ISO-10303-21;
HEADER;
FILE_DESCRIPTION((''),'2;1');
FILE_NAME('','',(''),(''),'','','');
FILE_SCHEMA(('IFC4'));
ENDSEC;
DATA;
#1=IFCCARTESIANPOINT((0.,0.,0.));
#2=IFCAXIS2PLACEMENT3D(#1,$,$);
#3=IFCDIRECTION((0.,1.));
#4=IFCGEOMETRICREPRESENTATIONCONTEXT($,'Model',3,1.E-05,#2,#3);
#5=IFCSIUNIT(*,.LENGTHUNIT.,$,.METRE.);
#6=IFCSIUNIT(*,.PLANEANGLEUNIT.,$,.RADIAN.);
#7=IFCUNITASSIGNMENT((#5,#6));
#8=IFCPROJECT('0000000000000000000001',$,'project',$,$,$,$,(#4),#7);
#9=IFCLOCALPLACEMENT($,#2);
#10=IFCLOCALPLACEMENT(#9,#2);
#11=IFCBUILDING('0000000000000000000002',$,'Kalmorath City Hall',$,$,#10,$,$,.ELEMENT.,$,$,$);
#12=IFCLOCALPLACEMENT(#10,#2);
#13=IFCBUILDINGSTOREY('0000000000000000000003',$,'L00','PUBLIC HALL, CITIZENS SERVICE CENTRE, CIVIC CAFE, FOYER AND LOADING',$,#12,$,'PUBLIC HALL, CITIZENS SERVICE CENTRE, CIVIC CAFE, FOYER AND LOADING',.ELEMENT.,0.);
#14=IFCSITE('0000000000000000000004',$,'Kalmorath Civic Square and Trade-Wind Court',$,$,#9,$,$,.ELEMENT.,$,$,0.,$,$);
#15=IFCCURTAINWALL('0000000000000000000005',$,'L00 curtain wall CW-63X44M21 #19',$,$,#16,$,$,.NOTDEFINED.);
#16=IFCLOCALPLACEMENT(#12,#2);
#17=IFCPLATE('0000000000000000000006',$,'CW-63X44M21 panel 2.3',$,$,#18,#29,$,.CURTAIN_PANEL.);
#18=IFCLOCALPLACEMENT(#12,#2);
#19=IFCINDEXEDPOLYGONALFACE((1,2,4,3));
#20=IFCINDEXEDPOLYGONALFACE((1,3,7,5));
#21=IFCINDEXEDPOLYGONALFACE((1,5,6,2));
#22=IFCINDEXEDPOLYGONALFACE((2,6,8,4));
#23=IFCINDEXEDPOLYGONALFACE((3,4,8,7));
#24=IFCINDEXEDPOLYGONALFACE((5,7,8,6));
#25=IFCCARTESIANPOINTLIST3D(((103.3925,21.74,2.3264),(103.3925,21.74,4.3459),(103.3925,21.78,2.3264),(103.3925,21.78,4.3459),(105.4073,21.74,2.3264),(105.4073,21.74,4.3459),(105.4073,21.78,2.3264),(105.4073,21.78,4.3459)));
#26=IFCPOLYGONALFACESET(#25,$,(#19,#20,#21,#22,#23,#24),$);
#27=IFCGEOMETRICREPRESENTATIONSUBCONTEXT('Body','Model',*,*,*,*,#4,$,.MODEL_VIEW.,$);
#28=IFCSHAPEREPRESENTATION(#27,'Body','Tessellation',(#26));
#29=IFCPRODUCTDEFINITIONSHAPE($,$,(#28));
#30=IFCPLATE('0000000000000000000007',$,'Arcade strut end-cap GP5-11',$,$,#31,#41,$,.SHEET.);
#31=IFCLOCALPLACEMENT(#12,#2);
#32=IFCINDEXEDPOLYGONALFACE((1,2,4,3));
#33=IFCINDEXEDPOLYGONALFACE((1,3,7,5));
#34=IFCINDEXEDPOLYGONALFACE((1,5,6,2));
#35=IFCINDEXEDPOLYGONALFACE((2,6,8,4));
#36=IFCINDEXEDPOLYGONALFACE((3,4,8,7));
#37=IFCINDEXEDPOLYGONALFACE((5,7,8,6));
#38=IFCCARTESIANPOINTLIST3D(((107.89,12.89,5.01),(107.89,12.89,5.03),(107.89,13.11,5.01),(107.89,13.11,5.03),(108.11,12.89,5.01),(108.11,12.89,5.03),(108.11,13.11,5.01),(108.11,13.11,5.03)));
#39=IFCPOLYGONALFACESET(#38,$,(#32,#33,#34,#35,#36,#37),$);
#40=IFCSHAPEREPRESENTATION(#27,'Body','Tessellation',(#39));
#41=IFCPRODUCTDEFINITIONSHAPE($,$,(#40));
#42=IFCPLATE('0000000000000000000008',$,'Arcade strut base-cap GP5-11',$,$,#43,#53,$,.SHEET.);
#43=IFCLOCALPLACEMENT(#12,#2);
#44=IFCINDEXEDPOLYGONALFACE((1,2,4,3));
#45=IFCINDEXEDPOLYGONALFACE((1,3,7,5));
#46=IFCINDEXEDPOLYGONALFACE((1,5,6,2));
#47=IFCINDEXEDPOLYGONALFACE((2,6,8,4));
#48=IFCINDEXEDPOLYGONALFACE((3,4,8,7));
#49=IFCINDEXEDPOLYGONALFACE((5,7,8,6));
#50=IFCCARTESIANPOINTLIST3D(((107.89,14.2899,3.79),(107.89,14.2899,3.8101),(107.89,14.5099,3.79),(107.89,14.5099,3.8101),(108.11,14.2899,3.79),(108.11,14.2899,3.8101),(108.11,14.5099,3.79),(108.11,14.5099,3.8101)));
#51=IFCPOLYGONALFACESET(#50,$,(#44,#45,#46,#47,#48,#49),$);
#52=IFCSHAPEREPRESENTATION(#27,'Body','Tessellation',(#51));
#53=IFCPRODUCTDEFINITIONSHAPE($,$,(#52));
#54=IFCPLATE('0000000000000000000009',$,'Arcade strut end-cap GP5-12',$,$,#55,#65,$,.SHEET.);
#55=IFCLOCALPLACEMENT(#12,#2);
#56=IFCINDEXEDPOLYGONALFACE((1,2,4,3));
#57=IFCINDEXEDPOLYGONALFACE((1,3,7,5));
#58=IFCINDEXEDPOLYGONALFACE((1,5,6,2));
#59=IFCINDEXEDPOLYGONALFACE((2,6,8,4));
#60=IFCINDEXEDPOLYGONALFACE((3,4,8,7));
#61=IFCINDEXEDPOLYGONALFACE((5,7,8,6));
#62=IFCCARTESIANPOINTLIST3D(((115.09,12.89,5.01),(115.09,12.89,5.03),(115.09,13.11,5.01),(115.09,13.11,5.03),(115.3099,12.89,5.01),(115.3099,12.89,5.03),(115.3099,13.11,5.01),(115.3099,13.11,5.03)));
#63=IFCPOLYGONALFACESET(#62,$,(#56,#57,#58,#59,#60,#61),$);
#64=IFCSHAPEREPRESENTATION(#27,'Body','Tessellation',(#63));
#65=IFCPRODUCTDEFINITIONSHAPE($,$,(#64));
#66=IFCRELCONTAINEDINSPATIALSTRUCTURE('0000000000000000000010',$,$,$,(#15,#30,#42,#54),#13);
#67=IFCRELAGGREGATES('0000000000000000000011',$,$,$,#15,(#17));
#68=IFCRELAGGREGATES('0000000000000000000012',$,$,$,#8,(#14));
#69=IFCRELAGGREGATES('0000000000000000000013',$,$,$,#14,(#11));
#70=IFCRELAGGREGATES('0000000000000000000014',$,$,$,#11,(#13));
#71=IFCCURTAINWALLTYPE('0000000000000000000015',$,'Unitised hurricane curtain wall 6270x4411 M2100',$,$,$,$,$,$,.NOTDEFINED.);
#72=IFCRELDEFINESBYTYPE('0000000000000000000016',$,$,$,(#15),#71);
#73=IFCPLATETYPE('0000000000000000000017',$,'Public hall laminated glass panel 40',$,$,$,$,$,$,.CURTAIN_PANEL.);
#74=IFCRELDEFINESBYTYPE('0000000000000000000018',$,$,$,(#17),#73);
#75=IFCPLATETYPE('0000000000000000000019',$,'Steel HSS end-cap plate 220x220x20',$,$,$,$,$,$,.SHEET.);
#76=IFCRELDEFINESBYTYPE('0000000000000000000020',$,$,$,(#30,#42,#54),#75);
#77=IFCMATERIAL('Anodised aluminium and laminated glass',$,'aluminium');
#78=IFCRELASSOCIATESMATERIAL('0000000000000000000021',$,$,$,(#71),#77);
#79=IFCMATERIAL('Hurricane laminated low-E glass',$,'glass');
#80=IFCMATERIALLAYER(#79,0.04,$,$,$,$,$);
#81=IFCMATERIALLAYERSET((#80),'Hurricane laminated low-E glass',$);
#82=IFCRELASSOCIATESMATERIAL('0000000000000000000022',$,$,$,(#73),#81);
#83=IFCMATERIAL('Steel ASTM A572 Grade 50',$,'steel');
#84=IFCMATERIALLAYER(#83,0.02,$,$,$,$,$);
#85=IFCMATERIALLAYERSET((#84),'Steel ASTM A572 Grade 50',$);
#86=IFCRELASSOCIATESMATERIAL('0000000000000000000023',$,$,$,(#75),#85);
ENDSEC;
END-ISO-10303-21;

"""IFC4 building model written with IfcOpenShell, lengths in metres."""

from ifc_helpers import new_model, si_unit, direction, frame, origin, origin_2d, place, context, subcontext, project, spatial, rectangle, extrude, material, layer, layer_set, type_object, element, aggregate, save


model = new_model("IFC4")

# Units and contexts
model_context = context("Model", 3, precision=1e-05, world=origin(), true_north=direction((0.0, 1.0)))
body_context = subcontext(model_context, "Body", "Model", "MODEL_VIEW")
ifc_project = project(units=[si_unit("LENGTHUNIT", "METRE"), si_unit("PLANEANGLEUNIT", "RADIAN")], contexts=[model_context])

# Site, building, storey
site_placement = place(None, origin())
site = spatial("IfcSite", under=ifc_project, at=site_placement, Name="Kalmorath Civic Square and Trade-Wind Court", CompositionType="ELEMENT", RefElevation=0.0)
building_placement = place(site_placement, origin())
building = spatial("IfcBuilding", under=site, at=building_placement, Name="Kalmorath City Hall", CompositionType="ELEMENT")
storey_placement = place(building_placement, origin())
storey = spatial("IfcBuildingStorey", under=building, at=storey_placement, Name="L00", Description="PUBLIC HALL, CITIZENS SERVICE CENTRE, CIVIC CAFE, FOYER AND LOADING", LongName="PUBLIC HALL, CITIZENS SERVICE CENTRE, CIVIC CAFE, FOYER AND LOADING", CompositionType="ELEMENT", Elevation=0.0)

# Curtain wall
ifc_material_1 = material(Name="Anodised aluminium and laminated glass", Category="aluminium")
curtain_wall_type = type_object("IfcCurtainWallType", Name="Unitised hurricane curtain wall 6270x4411 M2100", PredefinedType="NOTDEFINED", material=ifc_material_1)
curtain_wall_placement = place(storey_placement, origin())
curtain_wall = element("IfcCurtainWall", 1, at=curtain_wall_placement, inside=storey, type_object=curtain_wall_type, Name="L00 curtain wall CW-63X44M21 #19", PredefinedType="NOTDEFINED")

# Plate
ifc_material_2 = material(Name="Hurricane laminated low-E glass", Category="glass")
ifc_layer_1 = layer(ifc_material_2, 0.04)
ifc_layer_set_1 = layer_set([ifc_layer_1], Name="Hurricane laminated low-E glass")
plate_type_1 = type_object("IfcPlateType", Name="Public hall laminated glass panel 40", PredefinedType="CURTAIN_PANEL", material=ifc_layer_set_1)
plate_1_placement = place(storey_placement, frame((104.3999, 21.76, 2.3264), z_axis=(0.0, 0.0, 1.0), x_axis=(-1.0, 0.0, 0.0)))
plate_1 = element("IfcPlate", 2, at=plate_1_placement, type_object=plate_type_1, Name="CW-63X44M21 panel 2.3", PredefinedType="CURTAIN_PANEL", context=body_context, shape_type="SweptSolid", body=[
    extrude(rectangle(XDim=2.0149, YDim=0.04, at=origin_2d()), origin(), (0.0, 0.0, 1.0), 2.0195),
])
aggregate(curtain_wall, [plate_1])

# Plates
ifc_material_3 = material(Name="Steel ASTM A572 Grade 50", Category="steel")
ifc_layer_2 = layer(ifc_material_3, 0.02)
ifc_layer_set_2 = layer_set([ifc_layer_2], Name="Steel ASTM A572 Grade 50")
plate_type_2 = type_object("IfcPlateType", Name="Steel HSS end-cap plate 220x220x20", PredefinedType="SHEET", material=ifc_layer_set_2)
for number, where, z_axis, x_axis, name in (
    (3, (108.0, 13.0, 5.01), (0.0, 0.0, 1.0), (1.0, 0.0, 0.0), "Arcade strut end-cap GP5-11"),
    (4, (108.0, 14.3999, 3.79), (0.0, 0.0, 1.0), (1.0, 0.0, 0.0), "Arcade strut base-cap GP5-11"),
    (5, (115.2, 13.0, 5.01), (0.0, 0.0, 1.0), (1.0, 0.0, 0.0), "Arcade strut end-cap GP5-12"),
):
    element("IfcPlate", number, at=place(storey_placement, frame(where, z_axis=z_axis, x_axis=x_axis)), inside=storey, type_object=plate_type_2, Name=name, PredefinedType="SHEET", context=body_context, shape_type="SweptSolid", body=[
        extrude(rectangle(XDim=0.22, YDim=0.22, at=origin_2d()), origin(), (0.0, 0.0, 1.0), 0.02),
    ])

save(model, "model.ifc")
